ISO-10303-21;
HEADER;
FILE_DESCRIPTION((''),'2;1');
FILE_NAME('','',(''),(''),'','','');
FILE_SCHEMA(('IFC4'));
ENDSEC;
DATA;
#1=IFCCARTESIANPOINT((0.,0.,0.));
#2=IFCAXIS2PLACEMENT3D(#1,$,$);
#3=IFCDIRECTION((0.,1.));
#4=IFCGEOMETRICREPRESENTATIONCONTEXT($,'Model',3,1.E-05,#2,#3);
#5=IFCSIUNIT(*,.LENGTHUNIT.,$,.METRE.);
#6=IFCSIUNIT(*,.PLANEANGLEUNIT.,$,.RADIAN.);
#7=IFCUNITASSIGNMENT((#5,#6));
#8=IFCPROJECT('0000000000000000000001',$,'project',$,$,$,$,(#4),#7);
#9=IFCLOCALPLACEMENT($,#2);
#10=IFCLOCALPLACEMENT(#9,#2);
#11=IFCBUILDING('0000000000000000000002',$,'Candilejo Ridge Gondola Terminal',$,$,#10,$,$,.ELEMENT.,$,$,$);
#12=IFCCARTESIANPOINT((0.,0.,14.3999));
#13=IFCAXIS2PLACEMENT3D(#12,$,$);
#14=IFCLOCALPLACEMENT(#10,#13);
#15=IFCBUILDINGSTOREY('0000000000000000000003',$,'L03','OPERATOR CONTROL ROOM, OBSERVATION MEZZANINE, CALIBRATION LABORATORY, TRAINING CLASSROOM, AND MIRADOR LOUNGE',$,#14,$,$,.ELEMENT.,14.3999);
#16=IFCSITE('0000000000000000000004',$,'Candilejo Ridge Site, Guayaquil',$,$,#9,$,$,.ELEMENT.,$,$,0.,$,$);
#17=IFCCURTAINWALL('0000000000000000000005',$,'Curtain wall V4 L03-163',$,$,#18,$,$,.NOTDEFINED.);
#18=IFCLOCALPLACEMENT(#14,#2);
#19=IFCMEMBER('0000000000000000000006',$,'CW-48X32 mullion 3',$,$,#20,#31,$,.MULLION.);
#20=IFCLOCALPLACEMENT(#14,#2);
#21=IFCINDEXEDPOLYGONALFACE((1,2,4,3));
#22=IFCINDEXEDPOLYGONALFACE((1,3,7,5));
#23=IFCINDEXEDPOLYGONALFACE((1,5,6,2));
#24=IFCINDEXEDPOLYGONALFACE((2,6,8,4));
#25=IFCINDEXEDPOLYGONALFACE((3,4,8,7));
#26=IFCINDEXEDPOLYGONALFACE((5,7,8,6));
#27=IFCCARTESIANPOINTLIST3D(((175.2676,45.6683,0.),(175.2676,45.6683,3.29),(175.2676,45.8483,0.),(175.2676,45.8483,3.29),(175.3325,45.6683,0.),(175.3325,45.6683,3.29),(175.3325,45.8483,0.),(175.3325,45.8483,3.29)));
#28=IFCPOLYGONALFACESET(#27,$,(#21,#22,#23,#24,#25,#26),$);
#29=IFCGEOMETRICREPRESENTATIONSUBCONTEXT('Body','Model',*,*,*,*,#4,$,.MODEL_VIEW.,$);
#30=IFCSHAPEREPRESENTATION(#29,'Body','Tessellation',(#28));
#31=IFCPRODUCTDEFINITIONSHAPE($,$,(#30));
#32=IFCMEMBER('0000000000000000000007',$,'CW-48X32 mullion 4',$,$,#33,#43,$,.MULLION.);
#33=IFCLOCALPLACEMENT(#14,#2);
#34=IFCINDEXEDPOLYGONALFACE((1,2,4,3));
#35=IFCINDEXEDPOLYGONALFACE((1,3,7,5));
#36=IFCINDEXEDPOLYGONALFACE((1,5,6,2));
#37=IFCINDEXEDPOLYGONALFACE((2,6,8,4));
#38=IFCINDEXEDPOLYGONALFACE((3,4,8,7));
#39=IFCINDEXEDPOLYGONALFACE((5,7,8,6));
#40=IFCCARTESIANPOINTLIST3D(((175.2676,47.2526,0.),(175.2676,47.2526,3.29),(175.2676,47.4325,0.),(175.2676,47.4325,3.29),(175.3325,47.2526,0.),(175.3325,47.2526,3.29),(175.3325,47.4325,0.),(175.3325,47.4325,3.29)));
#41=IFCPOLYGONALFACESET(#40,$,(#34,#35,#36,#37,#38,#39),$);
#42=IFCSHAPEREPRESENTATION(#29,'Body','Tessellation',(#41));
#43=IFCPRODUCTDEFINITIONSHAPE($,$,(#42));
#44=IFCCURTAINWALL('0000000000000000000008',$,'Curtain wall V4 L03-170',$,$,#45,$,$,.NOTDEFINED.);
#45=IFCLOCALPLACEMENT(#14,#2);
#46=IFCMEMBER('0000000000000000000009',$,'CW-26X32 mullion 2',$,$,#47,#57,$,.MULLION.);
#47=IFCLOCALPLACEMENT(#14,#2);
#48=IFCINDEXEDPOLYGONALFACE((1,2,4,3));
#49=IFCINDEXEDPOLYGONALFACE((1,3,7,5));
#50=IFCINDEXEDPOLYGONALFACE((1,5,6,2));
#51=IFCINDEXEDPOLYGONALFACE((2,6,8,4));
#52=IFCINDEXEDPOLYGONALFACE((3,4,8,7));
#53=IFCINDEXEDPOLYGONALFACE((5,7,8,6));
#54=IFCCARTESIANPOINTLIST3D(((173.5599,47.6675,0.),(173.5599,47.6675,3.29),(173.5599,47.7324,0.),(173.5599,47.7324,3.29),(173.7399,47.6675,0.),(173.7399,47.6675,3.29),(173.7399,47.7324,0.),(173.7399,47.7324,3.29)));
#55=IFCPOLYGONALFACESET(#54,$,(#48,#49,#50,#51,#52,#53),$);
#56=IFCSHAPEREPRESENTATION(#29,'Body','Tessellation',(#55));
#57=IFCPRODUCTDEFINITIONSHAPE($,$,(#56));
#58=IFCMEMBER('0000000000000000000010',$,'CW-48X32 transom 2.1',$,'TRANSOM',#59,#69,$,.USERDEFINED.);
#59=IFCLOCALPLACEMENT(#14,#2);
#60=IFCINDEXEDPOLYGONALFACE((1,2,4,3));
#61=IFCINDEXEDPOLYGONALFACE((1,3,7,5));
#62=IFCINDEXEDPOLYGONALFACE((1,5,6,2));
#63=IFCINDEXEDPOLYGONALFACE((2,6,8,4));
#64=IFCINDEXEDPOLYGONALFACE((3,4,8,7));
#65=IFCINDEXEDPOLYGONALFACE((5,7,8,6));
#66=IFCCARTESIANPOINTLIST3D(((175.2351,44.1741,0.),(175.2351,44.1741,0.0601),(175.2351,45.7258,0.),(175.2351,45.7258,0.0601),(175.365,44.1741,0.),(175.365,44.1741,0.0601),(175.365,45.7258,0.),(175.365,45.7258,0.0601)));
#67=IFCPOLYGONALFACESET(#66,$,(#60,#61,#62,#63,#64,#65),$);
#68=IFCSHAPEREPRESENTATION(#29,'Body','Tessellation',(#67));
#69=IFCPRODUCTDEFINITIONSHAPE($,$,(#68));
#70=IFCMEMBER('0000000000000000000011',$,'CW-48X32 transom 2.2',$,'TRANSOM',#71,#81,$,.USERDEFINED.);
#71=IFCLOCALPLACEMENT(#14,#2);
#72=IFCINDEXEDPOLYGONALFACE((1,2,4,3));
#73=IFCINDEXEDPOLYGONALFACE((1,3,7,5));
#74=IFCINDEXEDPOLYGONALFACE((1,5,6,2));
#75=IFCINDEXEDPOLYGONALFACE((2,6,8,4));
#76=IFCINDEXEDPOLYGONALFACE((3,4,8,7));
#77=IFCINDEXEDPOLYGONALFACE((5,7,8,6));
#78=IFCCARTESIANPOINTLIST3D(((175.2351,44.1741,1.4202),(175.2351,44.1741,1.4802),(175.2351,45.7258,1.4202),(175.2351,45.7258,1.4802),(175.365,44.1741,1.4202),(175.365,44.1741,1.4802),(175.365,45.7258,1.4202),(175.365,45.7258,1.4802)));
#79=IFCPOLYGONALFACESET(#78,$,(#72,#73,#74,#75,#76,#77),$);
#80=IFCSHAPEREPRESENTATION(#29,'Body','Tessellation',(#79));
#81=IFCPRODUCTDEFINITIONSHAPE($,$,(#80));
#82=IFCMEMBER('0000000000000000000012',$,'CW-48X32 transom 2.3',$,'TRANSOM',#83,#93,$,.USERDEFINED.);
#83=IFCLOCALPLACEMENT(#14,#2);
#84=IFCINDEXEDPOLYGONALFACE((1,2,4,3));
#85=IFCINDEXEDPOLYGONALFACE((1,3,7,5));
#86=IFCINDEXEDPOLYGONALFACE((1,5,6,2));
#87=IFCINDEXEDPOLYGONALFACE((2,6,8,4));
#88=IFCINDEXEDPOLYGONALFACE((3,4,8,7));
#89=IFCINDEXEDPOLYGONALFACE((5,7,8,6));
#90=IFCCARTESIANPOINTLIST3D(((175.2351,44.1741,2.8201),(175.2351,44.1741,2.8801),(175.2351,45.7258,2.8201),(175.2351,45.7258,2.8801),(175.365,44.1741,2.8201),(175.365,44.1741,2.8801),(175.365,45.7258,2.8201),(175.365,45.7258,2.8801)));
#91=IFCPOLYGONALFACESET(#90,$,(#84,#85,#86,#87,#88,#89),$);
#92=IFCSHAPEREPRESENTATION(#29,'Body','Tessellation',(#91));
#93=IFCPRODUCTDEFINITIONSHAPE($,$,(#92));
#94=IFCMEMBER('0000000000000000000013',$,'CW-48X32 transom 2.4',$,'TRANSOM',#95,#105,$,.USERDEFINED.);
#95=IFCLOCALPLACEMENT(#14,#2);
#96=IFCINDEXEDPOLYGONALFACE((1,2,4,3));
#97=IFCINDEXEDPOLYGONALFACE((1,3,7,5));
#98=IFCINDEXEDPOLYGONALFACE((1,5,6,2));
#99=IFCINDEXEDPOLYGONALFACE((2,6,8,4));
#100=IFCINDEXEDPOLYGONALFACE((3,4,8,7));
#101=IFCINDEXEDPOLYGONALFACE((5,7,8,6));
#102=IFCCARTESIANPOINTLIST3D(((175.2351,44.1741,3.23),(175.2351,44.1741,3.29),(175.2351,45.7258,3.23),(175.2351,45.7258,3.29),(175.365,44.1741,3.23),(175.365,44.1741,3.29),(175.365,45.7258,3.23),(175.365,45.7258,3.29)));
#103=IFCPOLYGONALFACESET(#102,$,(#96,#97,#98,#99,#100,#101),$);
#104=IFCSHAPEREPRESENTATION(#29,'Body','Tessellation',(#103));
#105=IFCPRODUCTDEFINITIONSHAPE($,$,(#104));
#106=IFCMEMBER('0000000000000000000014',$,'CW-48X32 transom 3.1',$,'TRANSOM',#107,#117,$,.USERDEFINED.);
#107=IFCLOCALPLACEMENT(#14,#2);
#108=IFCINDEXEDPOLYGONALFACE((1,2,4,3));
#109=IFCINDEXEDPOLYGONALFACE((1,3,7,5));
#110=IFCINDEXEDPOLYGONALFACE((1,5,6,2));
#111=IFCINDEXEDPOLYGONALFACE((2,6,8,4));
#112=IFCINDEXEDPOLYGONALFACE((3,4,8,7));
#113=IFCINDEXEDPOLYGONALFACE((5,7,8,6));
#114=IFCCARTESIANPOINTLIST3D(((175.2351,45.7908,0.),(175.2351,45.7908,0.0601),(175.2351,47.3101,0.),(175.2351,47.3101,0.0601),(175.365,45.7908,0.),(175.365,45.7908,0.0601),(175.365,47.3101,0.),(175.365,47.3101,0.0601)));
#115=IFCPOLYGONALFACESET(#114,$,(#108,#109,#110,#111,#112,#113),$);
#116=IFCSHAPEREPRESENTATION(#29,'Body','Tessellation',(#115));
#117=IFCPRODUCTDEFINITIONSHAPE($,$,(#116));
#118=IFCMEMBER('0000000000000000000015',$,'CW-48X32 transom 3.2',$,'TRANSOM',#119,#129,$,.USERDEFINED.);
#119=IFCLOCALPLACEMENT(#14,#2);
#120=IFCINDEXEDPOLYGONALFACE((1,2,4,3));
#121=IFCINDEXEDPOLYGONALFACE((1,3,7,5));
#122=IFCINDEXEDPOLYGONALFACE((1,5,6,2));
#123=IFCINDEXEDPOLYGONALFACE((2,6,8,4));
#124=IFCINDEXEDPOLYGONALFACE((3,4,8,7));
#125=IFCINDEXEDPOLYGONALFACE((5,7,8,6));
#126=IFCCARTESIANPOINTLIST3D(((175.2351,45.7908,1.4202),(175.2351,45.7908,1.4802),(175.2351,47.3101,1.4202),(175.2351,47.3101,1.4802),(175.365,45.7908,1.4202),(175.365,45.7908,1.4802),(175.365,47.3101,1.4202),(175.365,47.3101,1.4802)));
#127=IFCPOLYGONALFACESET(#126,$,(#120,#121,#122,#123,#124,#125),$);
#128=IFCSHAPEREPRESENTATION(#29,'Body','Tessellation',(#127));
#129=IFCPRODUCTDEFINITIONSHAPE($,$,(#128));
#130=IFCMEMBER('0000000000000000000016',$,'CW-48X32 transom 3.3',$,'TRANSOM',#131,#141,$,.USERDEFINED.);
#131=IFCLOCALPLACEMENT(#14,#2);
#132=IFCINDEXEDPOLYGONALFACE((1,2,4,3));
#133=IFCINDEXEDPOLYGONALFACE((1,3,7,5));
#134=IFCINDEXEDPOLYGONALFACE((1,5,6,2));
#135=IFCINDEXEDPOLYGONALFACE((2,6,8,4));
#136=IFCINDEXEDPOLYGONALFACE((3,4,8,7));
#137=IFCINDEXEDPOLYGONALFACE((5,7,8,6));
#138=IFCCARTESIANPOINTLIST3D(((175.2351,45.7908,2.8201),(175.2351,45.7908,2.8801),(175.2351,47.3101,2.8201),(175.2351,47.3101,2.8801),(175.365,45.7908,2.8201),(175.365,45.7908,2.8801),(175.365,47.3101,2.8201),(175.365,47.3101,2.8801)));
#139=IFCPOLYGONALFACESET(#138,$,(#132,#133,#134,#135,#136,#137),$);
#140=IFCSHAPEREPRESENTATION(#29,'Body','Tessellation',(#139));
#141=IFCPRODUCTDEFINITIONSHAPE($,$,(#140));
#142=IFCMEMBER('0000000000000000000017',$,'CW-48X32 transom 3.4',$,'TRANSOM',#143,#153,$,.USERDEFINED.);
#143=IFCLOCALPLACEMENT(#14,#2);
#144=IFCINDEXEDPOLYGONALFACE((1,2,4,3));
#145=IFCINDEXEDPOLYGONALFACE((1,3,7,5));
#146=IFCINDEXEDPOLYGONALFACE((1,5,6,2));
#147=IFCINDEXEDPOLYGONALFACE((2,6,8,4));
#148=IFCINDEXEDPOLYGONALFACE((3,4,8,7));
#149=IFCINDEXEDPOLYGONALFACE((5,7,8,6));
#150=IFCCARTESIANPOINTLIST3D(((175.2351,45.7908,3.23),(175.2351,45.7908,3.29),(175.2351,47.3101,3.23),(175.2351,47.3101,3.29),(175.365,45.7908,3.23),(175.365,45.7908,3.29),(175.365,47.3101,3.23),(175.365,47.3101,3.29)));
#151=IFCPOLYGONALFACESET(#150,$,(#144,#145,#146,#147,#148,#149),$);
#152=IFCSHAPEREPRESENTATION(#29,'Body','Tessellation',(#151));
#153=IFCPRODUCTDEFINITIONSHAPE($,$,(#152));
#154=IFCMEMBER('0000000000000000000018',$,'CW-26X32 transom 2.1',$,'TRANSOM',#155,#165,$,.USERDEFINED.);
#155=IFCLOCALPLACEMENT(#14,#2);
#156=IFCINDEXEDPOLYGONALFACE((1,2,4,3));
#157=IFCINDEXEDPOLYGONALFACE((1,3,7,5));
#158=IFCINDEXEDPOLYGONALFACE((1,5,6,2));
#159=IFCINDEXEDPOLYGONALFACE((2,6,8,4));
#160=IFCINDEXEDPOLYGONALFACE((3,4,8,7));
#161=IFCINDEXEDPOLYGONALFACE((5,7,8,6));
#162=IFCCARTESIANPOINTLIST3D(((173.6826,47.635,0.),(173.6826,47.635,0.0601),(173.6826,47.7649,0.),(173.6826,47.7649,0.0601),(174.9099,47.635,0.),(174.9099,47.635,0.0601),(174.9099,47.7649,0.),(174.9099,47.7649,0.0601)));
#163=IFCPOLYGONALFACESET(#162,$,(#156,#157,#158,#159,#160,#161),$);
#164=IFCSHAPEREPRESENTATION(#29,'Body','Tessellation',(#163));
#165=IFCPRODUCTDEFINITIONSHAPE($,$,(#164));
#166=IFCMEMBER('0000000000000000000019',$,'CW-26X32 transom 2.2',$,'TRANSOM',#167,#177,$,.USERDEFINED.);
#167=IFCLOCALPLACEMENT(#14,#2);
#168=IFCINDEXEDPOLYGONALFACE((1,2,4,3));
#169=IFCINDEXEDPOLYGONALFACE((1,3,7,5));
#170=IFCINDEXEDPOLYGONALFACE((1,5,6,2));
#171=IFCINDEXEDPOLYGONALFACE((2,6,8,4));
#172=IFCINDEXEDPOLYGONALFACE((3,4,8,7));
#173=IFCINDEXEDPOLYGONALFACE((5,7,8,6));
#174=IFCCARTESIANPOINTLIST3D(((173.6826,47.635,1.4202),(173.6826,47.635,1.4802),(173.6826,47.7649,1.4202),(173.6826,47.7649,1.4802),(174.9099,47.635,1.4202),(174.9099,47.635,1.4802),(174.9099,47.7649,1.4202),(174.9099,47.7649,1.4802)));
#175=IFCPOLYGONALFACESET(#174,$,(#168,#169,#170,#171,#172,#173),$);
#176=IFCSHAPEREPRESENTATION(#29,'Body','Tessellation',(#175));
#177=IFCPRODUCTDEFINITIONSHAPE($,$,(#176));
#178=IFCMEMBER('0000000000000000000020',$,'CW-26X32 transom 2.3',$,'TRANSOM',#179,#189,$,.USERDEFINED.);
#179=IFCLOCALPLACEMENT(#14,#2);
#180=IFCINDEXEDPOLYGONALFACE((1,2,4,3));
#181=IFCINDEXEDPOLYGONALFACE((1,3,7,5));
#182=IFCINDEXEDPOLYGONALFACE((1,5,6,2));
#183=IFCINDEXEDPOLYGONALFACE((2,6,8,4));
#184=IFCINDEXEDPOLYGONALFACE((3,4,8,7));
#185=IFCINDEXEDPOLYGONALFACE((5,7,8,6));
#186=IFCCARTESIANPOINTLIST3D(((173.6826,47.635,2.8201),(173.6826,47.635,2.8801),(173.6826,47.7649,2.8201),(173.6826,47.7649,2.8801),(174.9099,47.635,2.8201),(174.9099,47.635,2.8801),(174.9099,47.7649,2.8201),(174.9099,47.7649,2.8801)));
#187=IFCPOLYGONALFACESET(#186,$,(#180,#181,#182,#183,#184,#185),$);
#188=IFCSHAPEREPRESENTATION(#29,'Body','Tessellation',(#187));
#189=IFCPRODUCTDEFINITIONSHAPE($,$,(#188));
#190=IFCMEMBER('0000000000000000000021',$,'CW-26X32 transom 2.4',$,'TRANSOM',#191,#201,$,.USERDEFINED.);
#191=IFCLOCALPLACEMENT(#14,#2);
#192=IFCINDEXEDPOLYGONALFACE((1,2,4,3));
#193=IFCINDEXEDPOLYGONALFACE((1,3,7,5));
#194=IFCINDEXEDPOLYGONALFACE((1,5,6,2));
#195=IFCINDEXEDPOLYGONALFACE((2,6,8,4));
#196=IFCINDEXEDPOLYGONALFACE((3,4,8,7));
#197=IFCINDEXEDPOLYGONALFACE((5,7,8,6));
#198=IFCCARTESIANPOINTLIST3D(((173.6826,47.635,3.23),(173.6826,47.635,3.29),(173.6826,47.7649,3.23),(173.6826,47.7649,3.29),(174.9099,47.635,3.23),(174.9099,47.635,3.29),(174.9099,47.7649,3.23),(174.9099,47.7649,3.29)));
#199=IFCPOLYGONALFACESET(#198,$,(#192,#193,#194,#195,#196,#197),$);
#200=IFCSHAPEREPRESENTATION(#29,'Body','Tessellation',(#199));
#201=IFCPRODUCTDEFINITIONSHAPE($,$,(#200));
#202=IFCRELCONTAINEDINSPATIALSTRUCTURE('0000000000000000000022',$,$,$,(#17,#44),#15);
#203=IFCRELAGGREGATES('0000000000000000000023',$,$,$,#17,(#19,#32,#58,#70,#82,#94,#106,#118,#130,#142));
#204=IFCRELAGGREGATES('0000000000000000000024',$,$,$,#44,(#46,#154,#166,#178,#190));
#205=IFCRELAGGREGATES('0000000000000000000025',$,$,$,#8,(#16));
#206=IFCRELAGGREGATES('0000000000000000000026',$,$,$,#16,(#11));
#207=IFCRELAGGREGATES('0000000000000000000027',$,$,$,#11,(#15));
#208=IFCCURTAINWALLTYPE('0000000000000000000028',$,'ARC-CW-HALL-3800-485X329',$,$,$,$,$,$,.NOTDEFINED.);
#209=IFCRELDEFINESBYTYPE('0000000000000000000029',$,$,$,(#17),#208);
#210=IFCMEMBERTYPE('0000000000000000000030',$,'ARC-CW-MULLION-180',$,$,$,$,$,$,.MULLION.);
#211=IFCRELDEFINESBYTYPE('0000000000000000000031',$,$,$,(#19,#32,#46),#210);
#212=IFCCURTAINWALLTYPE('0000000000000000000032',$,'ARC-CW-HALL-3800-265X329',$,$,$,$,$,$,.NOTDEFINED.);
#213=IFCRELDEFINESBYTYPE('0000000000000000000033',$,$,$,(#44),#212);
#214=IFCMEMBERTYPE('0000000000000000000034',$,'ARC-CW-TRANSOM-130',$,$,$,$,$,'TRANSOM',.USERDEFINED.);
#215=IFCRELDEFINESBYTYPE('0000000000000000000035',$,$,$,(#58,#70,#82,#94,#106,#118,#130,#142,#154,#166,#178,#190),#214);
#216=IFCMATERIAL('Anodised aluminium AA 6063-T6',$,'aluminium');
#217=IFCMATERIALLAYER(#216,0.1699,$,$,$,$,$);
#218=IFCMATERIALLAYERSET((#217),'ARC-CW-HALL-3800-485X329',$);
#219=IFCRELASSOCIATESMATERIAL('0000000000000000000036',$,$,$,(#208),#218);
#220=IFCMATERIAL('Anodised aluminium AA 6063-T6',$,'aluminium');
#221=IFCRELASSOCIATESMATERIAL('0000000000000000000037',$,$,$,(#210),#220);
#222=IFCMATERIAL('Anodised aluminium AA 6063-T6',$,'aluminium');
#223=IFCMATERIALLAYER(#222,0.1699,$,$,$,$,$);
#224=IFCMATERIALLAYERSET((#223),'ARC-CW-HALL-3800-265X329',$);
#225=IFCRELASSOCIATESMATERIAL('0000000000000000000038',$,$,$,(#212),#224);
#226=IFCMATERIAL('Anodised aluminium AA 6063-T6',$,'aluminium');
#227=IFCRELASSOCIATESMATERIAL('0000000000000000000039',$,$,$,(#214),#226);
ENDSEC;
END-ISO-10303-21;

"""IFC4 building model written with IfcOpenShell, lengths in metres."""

from ifc_helpers import new_model, si_unit, direction, frame, origin, origin_2d, place, context, subcontext, project, spatial, rectangle, extrude, material, layer, layer_set, material_profile, profile_set, type_object, element, aggregate, save


model = new_model("IFC4")

# Units and contexts
model_context = context("Model", 3, precision=1e-05, world=origin(), true_north=direction((0.0, 1.0)))
body_context = subcontext(model_context, "Body", "Model", "MODEL_VIEW")
ifc_project = project(units=[si_unit("LENGTHUNIT", "METRE"), si_unit("PLANEANGLEUNIT", "RADIAN")], contexts=[model_context])

# Site, building, storey
site_placement = place(None, origin())
site = spatial("IfcSite", under=ifc_project, at=site_placement, Name="Candilejo Ridge Site, Guayaquil", CompositionType="ELEMENT", RefElevation=0.0)
building_placement = place(site_placement, origin())
building = spatial("IfcBuilding", under=site, at=building_placement, Name="Candilejo Ridge Gondola Terminal", CompositionType="ELEMENT")
storey_placement = place(building_placement, frame((0.0, 0.0, 14.3999)))
storey = spatial("IfcBuildingStorey", under=building, at=storey_placement, Name="L03", Description="OPERATOR CONTROL ROOM, OBSERVATION MEZZANINE, CALIBRATION LABORATORY, TRAINING CLASSROOM, AND MIRADOR LOUNGE", CompositionType="ELEMENT", Elevation=14.3999)

# Curtain wall, members
ifc_material_1 = material(Name="Anodised aluminium AA 6063-T6", Category="aluminium")
ifc_layer_1 = layer(ifc_material_1, 0.1699)
ifc_layer_set_1 = layer_set([ifc_layer_1], Name="ARC-CW-HALL-3800-485X329")
curtain_wall_type_1 = type_object("IfcCurtainWallType", Name="ARC-CW-HALL-3800-485X329", PredefinedType="NOTDEFINED", material=ifc_layer_set_1)
curtain_wall_1_placement = place(storey_placement, origin())
curtain_wall_1 = element("IfcCurtainWall", 1, at=curtain_wall_1_placement, inside=storey, type_object=curtain_wall_type_1, Name="Curtain wall V4 L03-163", PredefinedType="NOTDEFINED")
ifc_material_2 = material(Name="Anodised aluminium AA 6063-T6", Category="aluminium")
ifc_material_profile_1 = material_profile(ifc_material_2, rectangle(XDim=0.0649, YDim=0.1799, at=origin_2d()))
ifc_profile_set_1 = profile_set([ifc_material_profile_1], Name="Anodised aluminium AA 6063-T6")
member_type_1 = type_object("IfcMemberType", Name="ARC-CW-MULLION-180", PredefinedType="MULLION", material=ifc_profile_set_1)
member_1_placement = place(storey_placement, frame((175.3, 45.7583, 0.0), z_axis=(0.0, 0.0, 1.0), x_axis=(-1.0, 0.0, 0.0)))
member_1 = element("IfcMember", 2, at=member_1_placement, type_object=member_type_1, Name="CW-48X32 mullion 3", PredefinedType="MULLION", context=body_context, shape_type="SweptSolid", body=[
    extrude(rectangle(XDim=0.0649, YDim=0.1799, at=origin_2d()), origin(), (0.0, 0.0, 1.0), 3.29),
])
member_2_placement = place(storey_placement, frame((175.3, 47.3425, 0.0), z_axis=(0.0, 0.0, 1.0), x_axis=(-1.0, 0.0, 0.0)))
member_2 = element("IfcMember", 3, at=member_2_placement, type_object=member_type_1, Name="CW-48X32 mullion 4", PredefinedType="MULLION", context=body_context, shape_type="SweptSolid", body=[
    extrude(rectangle(XDim=0.0649, YDim=0.1799, at=origin_2d()), origin(), (0.0, 0.0, 1.0), 3.29),
])

# Curtain wall, member
ifc_material_3 = material(Name="Anodised aluminium AA 6063-T6", Category="aluminium")
ifc_layer_2 = layer(ifc_material_3, 0.1699)
ifc_layer_set_2 = layer_set([ifc_layer_2], Name="ARC-CW-HALL-3800-265X329")
curtain_wall_type_2 = type_object("IfcCurtainWallType", Name="ARC-CW-HALL-3800-265X329", PredefinedType="NOTDEFINED", material=ifc_layer_set_2)
curtain_wall_2_placement = place(storey_placement, origin())
curtain_wall_2 = element("IfcCurtainWall", 4, at=curtain_wall_2_placement, inside=storey, type_object=curtain_wall_type_2, Name="Curtain wall V4 L03-170", PredefinedType="NOTDEFINED")
member_3_placement = place(storey_placement, frame((173.6499, 47.7, 0.0), z_axis=(0.0, 0.0, 1.0), x_axis=(0.0, 1.0, 0.0)))
member_3 = element("IfcMember", 5, at=member_3_placement, type_object=member_type_1, Name="CW-26X32 mullion 2", PredefinedType="MULLION", context=body_context, shape_type="SweptSolid", body=[
    extrude(rectangle(XDim=0.0649, YDim=0.1799, at=origin_2d()), origin(), (0.0, 0.0, 1.0), 3.29),
])

# Members
ifc_material_4 = material(Name="Anodised aluminium AA 6063-T6", Category="aluminium")
ifc_material_profile_2 = material_profile(ifc_material_4, rectangle(XDim=0.1299, YDim=0.0601, at=origin_2d()))
ifc_profile_set_2 = profile_set([ifc_material_profile_2], Name="Anodised aluminium AA 6063-T6")
member_type_2 = type_object("IfcMemberType", Name="ARC-CW-TRANSOM-130", ElementType="TRANSOM", PredefinedType="USERDEFINED", material=ifc_profile_set_2)
member_4_placement = place(storey_placement, frame((175.3, 44.1741, 0.03), z_axis=(0.0, 1.0, 0.0), x_axis=(-1.0, 0.0, 0.0)))
member_4 = element("IfcMember", 6, at=member_4_placement, type_object=member_type_2, Name="CW-48X32 transom 2.1", ObjectType="TRANSOM", PredefinedType="USERDEFINED", context=body_context, shape_type="SweptSolid", body=[
    extrude(rectangle(XDim=0.1299, YDim=0.0601, at=origin_2d()), origin(), (0.0, 0.0, 1.0), 1.5518),
])
member_5_placement = place(storey_placement, frame((175.3, 44.1741, 1.4502), z_axis=(0.0, 1.0, 0.0), x_axis=(-1.0, 0.0, 0.0)))
member_5 = element("IfcMember", 7, at=member_5_placement, type_object=member_type_2, Name="CW-48X32 transom 2.2", ObjectType="TRANSOM", PredefinedType="USERDEFINED", context=body_context, shape_type="SweptSolid", body=[
    extrude(rectangle(XDim=0.1299, YDim=0.0601, at=origin_2d()), origin(), (0.0, 0.0, 1.0), 1.5518),
])
member_6_placement = place(storey_placement, frame((175.3, 44.1741, 2.8501), z_axis=(0.0, 1.0, 0.0), x_axis=(-1.0, 0.0, 0.0)))
member_6 = element("IfcMember", 8, at=member_6_placement, type_object=member_type_2, Name="CW-48X32 transom 2.3", ObjectType="TRANSOM", PredefinedType="USERDEFINED", context=body_context, shape_type="SweptSolid", body=[
    extrude(rectangle(XDim=0.1299, YDim=0.0601, at=origin_2d()), origin(), (0.0, 0.0, 1.0), 1.5518),
])
member_7_placement = place(storey_placement, frame((175.3, 44.1741, 3.26), z_axis=(0.0, 1.0, 0.0), x_axis=(-1.0, 0.0, 0.0)))
member_7 = element("IfcMember", 9, at=member_7_placement, type_object=member_type_2, Name="CW-48X32 transom 2.4", ObjectType="TRANSOM", PredefinedType="USERDEFINED", context=body_context, shape_type="SweptSolid", body=[
    extrude(rectangle(XDim=0.1299, YDim=0.0601, at=origin_2d()), origin(), (0.0, 0.0, 1.0), 1.5518),
])
member_8_placement = place(storey_placement, frame((175.3, 45.7908, 0.03), z_axis=(0.0, 1.0, 0.0), x_axis=(-1.0, 0.0, 0.0)))
member_8 = element("IfcMember", 10, at=member_8_placement, type_object=member_type_2, Name="CW-48X32 transom 3.1", ObjectType="TRANSOM", PredefinedType="USERDEFINED", context=body_context, shape_type="SweptSolid", body=[
    extrude(rectangle(XDim=0.1299, YDim=0.0601, at=origin_2d()), origin(), (0.0, 0.0, 1.0), 1.5193),
])
member_9_placement = place(storey_placement, frame((175.3, 45.7908, 1.4502), z_axis=(0.0, 1.0, 0.0), x_axis=(-1.0, 0.0, 0.0)))
member_9 = element("IfcMember", 11, at=member_9_placement, type_object=member_type_2, Name="CW-48X32 transom 3.2", ObjectType="TRANSOM", PredefinedType="USERDEFINED", context=body_context, shape_type="SweptSolid", body=[
    extrude(rectangle(XDim=0.1299, YDim=0.0601, at=origin_2d()), origin(), (0.0, 0.0, 1.0), 1.5193),
])
member_10_placement = place(storey_placement, frame((175.3, 45.7908, 2.8501), z_axis=(0.0, 1.0, 0.0), x_axis=(-1.0, 0.0, 0.0)))
member_10 = element("IfcMember", 12, at=member_10_placement, type_object=member_type_2, Name="CW-48X32 transom 3.3", ObjectType="TRANSOM", PredefinedType="USERDEFINED", context=body_context, shape_type="SweptSolid", body=[
    extrude(rectangle(XDim=0.1299, YDim=0.0601, at=origin_2d()), origin(), (0.0, 0.0, 1.0), 1.5193),
])
member_11_placement = place(storey_placement, frame((175.3, 45.7908, 3.26), z_axis=(0.0, 1.0, 0.0), x_axis=(-1.0, 0.0, 0.0)))
member_11 = element("IfcMember", 13, at=member_11_placement, type_object=member_type_2, Name="CW-48X32 transom 3.4", ObjectType="TRANSOM", PredefinedType="USERDEFINED", context=body_context, shape_type="SweptSolid", body=[
    extrude(rectangle(XDim=0.1299, YDim=0.0601, at=origin_2d()), origin(), (0.0, 0.0, 1.0), 1.5193),
])
member_12_placement = place(storey_placement, frame((173.6826, 47.7, 0.03), z_axis=(1.0, 0.0, 0.0), x_axis=(0.0, 1.0, 0.0)))
member_12 = element("IfcMember", 14, at=member_12_placement, type_object=member_type_2, Name="CW-26X32 transom 2.1", ObjectType="TRANSOM", PredefinedType="USERDEFINED", context=body_context, shape_type="SweptSolid", body=[
    extrude(rectangle(XDim=0.1299, YDim=0.0601, at=origin_2d()), origin(), (0.0, 0.0, 1.0), 1.2273),
])
member_13_placement = place(storey_placement, frame((173.6826, 47.7, 1.4502), z_axis=(1.0, 0.0, 0.0), x_axis=(0.0, 1.0, 0.0)))
member_13 = element("IfcMember", 15, at=member_13_placement, type_object=member_type_2, Name="CW-26X32 transom 2.2", ObjectType="TRANSOM", PredefinedType="USERDEFINED", context=body_context, shape_type="SweptSolid", body=[
    extrude(rectangle(XDim=0.1299, YDim=0.0601, at=origin_2d()), origin(), (0.0, 0.0, 1.0), 1.2273),
])
member_14_placement = place(storey_placement, frame((173.6826, 47.7, 2.8501), z_axis=(1.0, 0.0, 0.0), x_axis=(0.0, 1.0, 0.0)))
member_14 = element("IfcMember", 16, at=member_14_placement, type_object=member_type_2, Name="CW-26X32 transom 2.3", ObjectType="TRANSOM", PredefinedType="USERDEFINED", context=body_context, shape_type="SweptSolid", body=[
    extrude(rectangle(XDim=0.1299, YDim=0.0601, at=origin_2d()), origin(), (0.0, 0.0, 1.0), 1.2273),
])
member_15_placement = place(storey_placement, frame((173.6826, 47.7, 3.26), z_axis=(1.0, 0.0, 0.0), x_axis=(0.0, 1.0, 0.0)))
member_15 = element("IfcMember", 17, at=member_15_placement, type_object=member_type_2, Name="CW-26X32 transom 2.4", ObjectType="TRANSOM", PredefinedType="USERDEFINED", context=body_context, shape_type="SweptSolid", body=[
    extrude(rectangle(XDim=0.1299, YDim=0.0601, at=origin_2d()), origin(), (0.0, 0.0, 1.0), 1.2273),
])

aggregate(curtain_wall_1, [member_1, member_2, member_4, member_5, member_6, member_7, member_8, member_9, member_10, member_11])
aggregate(curtain_wall_2, [member_3, member_12, member_13, member_14, member_15])

save(model, "model.ifc")
